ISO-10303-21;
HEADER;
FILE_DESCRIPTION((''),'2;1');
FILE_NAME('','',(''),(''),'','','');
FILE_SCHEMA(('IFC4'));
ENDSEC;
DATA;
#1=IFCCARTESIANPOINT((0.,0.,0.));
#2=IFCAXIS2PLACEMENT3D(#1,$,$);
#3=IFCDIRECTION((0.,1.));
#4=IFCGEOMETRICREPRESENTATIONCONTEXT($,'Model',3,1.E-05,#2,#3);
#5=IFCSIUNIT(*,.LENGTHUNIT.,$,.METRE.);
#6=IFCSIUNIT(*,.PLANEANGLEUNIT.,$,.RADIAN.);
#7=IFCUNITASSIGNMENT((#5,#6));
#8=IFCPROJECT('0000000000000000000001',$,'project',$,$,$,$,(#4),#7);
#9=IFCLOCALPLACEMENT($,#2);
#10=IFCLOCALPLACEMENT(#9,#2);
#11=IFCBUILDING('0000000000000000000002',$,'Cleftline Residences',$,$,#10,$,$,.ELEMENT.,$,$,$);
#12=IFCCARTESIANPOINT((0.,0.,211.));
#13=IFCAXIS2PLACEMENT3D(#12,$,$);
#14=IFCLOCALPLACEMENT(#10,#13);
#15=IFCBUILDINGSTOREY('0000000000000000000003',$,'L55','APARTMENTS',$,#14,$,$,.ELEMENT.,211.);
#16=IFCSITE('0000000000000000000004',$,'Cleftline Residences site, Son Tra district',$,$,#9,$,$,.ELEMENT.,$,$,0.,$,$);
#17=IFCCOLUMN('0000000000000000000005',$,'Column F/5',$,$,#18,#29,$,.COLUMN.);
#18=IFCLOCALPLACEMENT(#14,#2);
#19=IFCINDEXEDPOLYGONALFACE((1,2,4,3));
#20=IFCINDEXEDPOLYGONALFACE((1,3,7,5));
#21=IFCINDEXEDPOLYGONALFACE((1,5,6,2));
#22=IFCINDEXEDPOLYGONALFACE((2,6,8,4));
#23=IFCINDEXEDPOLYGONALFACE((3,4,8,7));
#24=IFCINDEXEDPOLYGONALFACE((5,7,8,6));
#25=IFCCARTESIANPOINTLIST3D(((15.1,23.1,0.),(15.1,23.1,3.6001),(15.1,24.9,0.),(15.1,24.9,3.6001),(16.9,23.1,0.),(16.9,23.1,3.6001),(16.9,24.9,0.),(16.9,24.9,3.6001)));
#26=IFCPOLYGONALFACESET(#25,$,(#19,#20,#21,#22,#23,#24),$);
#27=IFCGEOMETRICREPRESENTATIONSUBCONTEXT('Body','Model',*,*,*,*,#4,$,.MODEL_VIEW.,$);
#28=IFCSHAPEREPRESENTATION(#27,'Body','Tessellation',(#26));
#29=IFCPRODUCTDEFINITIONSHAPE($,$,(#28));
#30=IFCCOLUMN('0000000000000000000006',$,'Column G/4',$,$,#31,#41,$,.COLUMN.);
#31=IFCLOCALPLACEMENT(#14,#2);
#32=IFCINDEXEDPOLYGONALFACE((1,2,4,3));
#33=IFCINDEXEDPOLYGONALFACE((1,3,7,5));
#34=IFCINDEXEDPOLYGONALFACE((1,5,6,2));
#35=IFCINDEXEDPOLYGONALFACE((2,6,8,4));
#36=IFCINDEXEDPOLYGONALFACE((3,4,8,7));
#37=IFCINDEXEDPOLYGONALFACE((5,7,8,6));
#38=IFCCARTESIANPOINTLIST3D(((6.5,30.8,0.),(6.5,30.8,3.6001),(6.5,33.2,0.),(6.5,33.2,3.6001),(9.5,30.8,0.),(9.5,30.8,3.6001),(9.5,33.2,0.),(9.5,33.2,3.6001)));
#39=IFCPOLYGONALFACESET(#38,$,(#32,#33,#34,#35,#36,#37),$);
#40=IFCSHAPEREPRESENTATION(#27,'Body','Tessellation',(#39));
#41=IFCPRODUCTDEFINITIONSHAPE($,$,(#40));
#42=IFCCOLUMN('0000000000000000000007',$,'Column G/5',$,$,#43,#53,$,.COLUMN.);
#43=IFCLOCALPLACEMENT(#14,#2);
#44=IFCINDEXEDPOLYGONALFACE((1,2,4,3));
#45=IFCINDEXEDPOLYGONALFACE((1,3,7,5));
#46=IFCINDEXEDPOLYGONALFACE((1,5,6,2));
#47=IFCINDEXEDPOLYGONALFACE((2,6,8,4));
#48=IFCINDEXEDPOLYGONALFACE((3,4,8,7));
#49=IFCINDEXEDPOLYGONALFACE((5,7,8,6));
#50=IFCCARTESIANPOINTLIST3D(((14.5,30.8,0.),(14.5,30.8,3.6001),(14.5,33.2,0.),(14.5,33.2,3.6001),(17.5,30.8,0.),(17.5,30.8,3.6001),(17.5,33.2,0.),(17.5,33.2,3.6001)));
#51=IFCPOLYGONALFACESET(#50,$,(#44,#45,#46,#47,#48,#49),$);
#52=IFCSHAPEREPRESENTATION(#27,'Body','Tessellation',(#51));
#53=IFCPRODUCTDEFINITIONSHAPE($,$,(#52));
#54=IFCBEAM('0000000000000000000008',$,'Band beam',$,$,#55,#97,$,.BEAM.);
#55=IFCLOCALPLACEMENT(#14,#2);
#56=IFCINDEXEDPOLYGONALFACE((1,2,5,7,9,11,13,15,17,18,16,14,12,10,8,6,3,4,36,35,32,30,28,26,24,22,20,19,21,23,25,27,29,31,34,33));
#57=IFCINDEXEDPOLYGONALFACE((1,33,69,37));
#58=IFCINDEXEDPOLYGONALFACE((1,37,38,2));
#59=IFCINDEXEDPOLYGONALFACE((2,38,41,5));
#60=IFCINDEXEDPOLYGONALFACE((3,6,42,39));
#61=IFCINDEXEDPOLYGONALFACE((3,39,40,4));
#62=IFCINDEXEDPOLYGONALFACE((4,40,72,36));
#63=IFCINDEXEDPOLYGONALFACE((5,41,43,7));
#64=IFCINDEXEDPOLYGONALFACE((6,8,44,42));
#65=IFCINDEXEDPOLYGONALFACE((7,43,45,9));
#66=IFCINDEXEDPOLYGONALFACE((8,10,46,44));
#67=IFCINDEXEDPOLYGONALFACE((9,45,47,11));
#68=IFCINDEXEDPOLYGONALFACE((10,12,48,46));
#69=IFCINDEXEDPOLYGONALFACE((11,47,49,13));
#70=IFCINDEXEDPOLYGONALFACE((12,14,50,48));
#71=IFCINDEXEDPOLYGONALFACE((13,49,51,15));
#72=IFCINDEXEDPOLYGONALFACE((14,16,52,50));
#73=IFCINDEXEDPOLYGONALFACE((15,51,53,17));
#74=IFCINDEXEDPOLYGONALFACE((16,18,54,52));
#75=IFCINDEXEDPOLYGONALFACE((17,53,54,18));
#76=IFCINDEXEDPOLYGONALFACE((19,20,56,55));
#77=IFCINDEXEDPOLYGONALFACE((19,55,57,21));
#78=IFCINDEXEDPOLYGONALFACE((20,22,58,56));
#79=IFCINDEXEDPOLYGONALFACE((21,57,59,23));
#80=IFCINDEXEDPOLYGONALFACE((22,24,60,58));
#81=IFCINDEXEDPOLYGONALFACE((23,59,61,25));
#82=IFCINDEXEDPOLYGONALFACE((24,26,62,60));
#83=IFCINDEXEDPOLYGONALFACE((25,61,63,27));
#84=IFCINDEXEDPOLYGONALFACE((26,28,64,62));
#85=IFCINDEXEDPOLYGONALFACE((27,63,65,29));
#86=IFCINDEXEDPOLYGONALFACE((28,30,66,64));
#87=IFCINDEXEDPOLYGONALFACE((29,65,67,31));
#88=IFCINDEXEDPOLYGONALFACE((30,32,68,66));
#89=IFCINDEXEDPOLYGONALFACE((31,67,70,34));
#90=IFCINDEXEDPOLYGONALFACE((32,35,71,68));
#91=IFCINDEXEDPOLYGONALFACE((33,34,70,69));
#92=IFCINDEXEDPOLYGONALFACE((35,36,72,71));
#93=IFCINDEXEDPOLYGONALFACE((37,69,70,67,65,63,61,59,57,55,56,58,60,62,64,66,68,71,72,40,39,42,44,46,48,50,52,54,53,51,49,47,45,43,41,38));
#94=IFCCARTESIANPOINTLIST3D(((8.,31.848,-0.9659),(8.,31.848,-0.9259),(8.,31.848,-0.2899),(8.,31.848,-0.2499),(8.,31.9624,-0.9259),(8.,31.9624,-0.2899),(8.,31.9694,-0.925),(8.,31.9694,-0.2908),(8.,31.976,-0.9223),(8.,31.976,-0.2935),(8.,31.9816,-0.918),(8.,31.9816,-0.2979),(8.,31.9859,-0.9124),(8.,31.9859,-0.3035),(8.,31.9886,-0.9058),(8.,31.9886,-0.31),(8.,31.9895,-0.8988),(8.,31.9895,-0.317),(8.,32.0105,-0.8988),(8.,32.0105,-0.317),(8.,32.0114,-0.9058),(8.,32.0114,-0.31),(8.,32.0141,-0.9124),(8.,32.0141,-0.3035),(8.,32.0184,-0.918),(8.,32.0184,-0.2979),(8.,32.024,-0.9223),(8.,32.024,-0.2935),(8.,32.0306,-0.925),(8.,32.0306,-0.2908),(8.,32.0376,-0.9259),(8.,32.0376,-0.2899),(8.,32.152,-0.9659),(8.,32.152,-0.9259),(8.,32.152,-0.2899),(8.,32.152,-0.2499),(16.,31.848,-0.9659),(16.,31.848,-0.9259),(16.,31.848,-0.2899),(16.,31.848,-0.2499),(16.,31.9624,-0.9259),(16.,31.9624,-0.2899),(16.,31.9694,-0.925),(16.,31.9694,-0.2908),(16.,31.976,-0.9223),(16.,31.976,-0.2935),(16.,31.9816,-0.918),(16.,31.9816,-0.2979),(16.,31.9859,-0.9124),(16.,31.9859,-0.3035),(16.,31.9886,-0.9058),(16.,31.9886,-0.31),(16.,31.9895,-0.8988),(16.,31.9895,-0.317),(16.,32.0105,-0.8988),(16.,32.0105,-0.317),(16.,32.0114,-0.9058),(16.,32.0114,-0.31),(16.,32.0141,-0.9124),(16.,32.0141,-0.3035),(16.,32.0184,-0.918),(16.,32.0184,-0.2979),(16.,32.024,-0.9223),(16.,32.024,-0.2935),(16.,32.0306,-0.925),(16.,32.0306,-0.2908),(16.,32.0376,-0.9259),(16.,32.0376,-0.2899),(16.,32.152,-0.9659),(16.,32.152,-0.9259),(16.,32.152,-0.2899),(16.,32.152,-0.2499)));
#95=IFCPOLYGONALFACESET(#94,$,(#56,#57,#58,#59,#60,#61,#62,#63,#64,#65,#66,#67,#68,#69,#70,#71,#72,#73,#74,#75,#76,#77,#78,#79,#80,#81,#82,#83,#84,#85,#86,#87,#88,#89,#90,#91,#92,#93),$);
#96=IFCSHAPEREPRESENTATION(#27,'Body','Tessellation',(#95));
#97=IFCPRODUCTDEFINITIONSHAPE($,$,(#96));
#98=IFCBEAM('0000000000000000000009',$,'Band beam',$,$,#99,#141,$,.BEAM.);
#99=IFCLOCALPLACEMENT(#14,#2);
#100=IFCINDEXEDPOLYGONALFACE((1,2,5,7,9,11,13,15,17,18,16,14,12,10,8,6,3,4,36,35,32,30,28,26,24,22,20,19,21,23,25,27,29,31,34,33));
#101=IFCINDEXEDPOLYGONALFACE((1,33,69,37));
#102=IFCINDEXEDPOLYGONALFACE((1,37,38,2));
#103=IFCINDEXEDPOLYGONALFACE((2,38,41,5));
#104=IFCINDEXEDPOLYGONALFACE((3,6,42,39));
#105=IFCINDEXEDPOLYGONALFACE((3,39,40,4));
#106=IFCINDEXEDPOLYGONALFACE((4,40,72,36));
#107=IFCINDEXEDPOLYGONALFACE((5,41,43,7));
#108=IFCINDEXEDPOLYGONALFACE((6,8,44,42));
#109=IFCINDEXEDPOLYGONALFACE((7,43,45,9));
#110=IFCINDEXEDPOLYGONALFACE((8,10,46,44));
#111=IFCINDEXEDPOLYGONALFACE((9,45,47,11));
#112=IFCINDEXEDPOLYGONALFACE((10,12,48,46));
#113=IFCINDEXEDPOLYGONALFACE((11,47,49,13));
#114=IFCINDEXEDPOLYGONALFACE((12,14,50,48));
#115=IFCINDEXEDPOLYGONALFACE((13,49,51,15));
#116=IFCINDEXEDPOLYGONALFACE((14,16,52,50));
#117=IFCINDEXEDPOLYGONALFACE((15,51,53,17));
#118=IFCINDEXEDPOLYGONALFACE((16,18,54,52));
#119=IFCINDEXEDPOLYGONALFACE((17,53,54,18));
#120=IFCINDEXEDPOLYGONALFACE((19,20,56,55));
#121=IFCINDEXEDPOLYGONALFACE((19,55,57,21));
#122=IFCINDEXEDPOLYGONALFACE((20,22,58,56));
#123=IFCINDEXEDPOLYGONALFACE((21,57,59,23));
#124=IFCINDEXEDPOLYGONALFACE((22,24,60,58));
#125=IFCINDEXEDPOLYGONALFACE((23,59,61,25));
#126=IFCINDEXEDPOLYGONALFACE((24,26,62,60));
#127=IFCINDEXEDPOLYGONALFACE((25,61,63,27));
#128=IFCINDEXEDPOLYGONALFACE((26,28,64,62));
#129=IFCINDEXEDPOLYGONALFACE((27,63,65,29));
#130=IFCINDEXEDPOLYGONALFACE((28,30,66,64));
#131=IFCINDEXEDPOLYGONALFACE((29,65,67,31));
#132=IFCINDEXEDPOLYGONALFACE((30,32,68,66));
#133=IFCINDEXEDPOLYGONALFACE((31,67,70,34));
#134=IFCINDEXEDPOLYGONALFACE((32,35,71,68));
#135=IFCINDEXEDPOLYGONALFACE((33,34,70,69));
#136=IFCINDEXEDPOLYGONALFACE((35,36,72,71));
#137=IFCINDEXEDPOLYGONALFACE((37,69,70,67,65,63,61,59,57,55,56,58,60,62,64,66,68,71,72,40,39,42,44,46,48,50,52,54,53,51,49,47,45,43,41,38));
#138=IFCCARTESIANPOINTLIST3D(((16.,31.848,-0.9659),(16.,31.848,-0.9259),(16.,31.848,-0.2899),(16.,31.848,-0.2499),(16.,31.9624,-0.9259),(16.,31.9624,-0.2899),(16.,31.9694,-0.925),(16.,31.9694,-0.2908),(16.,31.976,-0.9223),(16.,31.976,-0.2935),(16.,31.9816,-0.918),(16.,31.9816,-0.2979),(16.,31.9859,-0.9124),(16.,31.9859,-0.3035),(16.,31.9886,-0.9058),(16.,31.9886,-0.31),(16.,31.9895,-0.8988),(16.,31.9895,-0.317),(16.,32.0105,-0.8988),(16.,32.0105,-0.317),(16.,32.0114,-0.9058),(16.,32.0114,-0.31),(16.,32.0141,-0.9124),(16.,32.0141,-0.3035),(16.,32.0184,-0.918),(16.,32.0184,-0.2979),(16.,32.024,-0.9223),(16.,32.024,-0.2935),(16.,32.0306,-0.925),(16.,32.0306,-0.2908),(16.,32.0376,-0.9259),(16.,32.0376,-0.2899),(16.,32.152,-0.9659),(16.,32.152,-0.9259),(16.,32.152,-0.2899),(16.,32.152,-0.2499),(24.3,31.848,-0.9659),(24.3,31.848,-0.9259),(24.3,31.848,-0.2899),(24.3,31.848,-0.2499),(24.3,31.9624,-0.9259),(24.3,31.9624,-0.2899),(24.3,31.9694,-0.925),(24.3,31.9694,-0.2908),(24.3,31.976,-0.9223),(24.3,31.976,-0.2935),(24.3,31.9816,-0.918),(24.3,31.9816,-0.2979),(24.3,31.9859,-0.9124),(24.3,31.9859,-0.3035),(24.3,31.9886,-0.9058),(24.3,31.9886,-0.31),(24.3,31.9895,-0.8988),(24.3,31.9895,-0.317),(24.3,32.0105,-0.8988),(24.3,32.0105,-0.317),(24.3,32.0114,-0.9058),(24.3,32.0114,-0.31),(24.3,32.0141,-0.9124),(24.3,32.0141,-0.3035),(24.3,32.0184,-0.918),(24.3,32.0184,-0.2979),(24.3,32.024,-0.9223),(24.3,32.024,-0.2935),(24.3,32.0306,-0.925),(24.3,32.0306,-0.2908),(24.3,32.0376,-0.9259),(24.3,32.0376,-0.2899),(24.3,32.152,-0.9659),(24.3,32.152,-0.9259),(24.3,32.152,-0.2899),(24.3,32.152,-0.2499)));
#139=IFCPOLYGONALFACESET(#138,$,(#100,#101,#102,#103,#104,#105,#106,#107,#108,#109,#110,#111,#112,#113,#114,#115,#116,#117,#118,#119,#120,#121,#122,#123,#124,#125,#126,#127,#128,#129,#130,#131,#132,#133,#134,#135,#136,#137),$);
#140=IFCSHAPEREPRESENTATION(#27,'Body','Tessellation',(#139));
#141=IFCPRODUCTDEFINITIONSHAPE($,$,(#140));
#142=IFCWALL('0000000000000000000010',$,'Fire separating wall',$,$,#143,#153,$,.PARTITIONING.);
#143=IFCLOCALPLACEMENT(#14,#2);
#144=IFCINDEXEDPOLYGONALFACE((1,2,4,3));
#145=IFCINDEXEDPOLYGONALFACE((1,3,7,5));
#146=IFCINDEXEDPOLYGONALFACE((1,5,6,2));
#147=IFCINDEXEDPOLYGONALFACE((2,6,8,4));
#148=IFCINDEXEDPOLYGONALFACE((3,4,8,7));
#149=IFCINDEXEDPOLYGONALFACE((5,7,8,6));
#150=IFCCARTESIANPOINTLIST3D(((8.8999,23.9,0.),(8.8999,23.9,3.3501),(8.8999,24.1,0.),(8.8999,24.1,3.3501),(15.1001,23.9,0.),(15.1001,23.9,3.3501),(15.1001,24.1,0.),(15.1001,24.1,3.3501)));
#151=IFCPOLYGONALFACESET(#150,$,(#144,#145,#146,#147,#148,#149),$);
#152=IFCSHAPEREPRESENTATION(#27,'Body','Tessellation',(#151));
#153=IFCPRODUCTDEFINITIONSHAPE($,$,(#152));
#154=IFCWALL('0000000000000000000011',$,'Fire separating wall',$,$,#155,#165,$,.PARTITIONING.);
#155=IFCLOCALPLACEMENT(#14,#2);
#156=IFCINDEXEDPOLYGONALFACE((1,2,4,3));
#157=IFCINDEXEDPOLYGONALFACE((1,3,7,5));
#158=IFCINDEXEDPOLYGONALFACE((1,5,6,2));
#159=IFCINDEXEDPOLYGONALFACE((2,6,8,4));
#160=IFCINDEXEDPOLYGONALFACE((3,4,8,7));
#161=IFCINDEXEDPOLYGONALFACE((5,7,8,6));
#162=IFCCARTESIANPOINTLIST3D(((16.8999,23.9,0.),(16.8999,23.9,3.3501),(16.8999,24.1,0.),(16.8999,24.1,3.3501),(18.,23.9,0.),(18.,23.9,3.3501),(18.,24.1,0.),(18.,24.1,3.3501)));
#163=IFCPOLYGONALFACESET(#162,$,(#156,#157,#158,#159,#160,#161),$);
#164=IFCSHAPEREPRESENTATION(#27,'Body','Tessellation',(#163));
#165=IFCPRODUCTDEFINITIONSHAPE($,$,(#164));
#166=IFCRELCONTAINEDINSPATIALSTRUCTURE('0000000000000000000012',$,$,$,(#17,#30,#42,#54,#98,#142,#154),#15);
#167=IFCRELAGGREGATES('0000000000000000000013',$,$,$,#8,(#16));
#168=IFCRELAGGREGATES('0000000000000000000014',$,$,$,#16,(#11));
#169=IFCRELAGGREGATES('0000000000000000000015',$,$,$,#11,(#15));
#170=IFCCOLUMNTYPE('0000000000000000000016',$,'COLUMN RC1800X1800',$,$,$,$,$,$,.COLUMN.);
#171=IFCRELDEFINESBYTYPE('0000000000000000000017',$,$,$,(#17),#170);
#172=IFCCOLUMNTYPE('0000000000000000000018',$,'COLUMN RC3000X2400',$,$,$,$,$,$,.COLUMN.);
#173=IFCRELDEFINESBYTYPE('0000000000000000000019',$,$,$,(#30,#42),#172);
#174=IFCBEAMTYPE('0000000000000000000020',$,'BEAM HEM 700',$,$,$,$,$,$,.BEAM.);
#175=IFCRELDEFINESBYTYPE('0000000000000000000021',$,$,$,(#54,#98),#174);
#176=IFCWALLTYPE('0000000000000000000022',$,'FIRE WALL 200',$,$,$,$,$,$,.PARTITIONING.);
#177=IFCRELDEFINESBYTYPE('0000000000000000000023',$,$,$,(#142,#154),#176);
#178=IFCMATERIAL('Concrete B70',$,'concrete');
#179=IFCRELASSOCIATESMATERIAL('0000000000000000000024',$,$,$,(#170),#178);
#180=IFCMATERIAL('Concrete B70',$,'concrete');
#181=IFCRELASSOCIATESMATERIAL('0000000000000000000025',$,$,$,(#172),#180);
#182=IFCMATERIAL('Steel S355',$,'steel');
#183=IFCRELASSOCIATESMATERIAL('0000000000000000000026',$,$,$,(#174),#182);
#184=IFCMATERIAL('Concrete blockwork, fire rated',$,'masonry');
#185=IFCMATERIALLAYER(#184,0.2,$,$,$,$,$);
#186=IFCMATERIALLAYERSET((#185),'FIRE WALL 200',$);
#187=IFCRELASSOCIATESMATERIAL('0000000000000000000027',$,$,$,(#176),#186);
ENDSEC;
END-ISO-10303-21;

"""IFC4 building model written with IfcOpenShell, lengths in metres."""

from ifc_helpers import new_model, si_unit, direction, frame, frame_2d, origin, origin_2d, place, context, subcontext, project, spatial, rectangle, i_section, extrude, material, layer, layer_set, material_profile, profile_set, type_object, element, save


model = new_model("IFC4")

# Units and contexts
model_context = context("Model", 3, precision=1e-05, world=origin(), true_north=direction((0.0, 1.0)))
body_context = subcontext(model_context, "Body", "Model", "MODEL_VIEW")
ifc_project = project(units=[si_unit("LENGTHUNIT", "METRE"), si_unit("PLANEANGLEUNIT", "RADIAN")], contexts=[model_context])

# Site, building, storey
site_placement = place(None, origin())
site = spatial("IfcSite", under=ifc_project, at=site_placement, Name="Cleftline Residences site, Son Tra district", CompositionType="ELEMENT", RefElevation=0.0)
building_placement = place(site_placement, origin())
building = spatial("IfcBuilding", under=site, at=building_placement, Name="Cleftline Residences", CompositionType="ELEMENT")
storey_placement = place(building_placement, frame((0.0, 0.0, 211.0)))
storey = spatial("IfcBuildingStorey", under=building, at=storey_placement, Name="L55", Description="APARTMENTS", CompositionType="ELEMENT", Elevation=211.0)

# Columns
ifc_material_1 = material(Name="Concrete B70", Category="concrete")
ifc_material_profile_1 = material_profile(ifc_material_1, rectangle(XDim=1.8, YDim=1.8, at=origin_2d()))
ifc_profile_set_1 = profile_set([ifc_material_profile_1], Name="Concrete B70")
column_type_1 = type_object("IfcColumnType", Name="COLUMN RC1800X1800", PredefinedType="COLUMN", material=ifc_profile_set_1)
column_placement = place(storey_placement, frame((16.0, 24.0, 0.0), z_axis=(0.0, 0.0, 1.0), x_axis=(1.0, 0.0, 0.0)))
element("IfcColumn", 1, at=column_placement, inside=storey, type_object=column_type_1, Name="Column F/5", PredefinedType="COLUMN", context=body_context, shape_type="SweptSolid", body=[
    extrude(rectangle(XDim=1.8, YDim=1.8, at=origin_2d()), origin(), (0.0, 0.0, 1.0), 3.6001),
])
ifc_material_2 = material(Name="Concrete B70", Category="concrete")
ifc_material_profile_2 = material_profile(ifc_material_2, rectangle(XDim=3.0, YDim=2.3999, at=origin_2d()))
ifc_profile_set_2 = profile_set([ifc_material_profile_2], Name="Concrete B70")
column_type_2 = type_object("IfcColumnType", Name="COLUMN RC3000X2400", PredefinedType="COLUMN", material=ifc_profile_set_2)
for number, where, z_axis, x_axis, name in (
    (2, (8.0, 32.0, 0.0), (0.0, 0.0, 1.0), (1.0, 0.0, 0.0), "Column G/4"),
    (3, (16.0, 32.0, 0.0), (0.0, 0.0, 1.0), (1.0, 0.0, 0.0), "Column G/5"),
):
    element("IfcColumn", number, at=place(storey_placement, frame(where, z_axis=z_axis, x_axis=x_axis)), inside=storey, type_object=column_type_2, Name=name, PredefinedType="COLUMN", context=body_context, shape_type="SweptSolid", body=[
        extrude(rectangle(XDim=3.0, YDim=2.3999, at=origin_2d()), origin(), (0.0, 0.0, 1.0), 3.6001),
    ])

# Beams
ifc_material_3 = material(Name="Steel S355", Category="steel")
ifc_material_profile_3 = material_profile(ifc_material_3, i_section(OverallWidth=0.304, OverallDepth=0.7161, WebThickness=0.021, FlangeThickness=0.04, FilletRadius=0.0271, at=origin_2d()))
ifc_profile_set_3 = profile_set([ifc_material_profile_3], Name="Steel S355")
beam_type = type_object("IfcBeamType", Name="BEAM HEM 700", PredefinedType="BEAM", material=ifc_profile_set_3)
beam_1_placement = place(storey_placement, frame((8.0, 32.0, -0.6079), z_axis=(1.0, 0.0, 0.0), x_axis=(0.0, 1.0, 0.0)))
element("IfcBeam", 4, at=beam_1_placement, inside=storey, type_object=beam_type, Name="Band beam", PredefinedType="BEAM", context=body_context, shape_type="SweptSolid", body=[
    extrude(i_section(OverallWidth=0.304, OverallDepth=0.7161, WebThickness=0.021, FlangeThickness=0.04, FilletRadius=0.0271, at=origin_2d()), origin(), (0.0, 0.0, 1.0), 8.0),
])
beam_2_placement = place(storey_placement, frame((16.0, 32.0, -0.6079), z_axis=(1.0, 0.0, 0.0), x_axis=(0.0, 1.0, 0.0)))
element("IfcBeam", 5, at=beam_2_placement, inside=storey, type_object=beam_type, Name="Band beam", PredefinedType="BEAM", context=body_context, shape_type="SweptSolid", body=[
    extrude(i_section(OverallWidth=0.304, OverallDepth=0.7161, WebThickness=0.021, FlangeThickness=0.04, FilletRadius=0.0271, at=origin_2d()), origin(), (0.0, 0.0, 1.0), 8.3),
])

# Walls
ifc_material_4 = material(Name="Concrete blockwork, fire rated", Category="masonry")
ifc_layer_1 = layer(ifc_material_4, 0.2)
ifc_layer_set_1 = layer_set([ifc_layer_1], Name="FIRE WALL 200")
wall_type_1 = type_object("IfcWallType", Name="FIRE WALL 200", PredefinedType="PARTITIONING", material=ifc_layer_set_1)
wall_1_placement = place(storey_placement, frame((8.8999, 24.0, 0.0), z_axis=(0.0, 0.0, 1.0), x_axis=(1.0, 0.0, 0.0)))
element("IfcWall", 6, at=wall_1_placement, inside=storey, type_object=wall_type_1, Name="Fire separating wall", PredefinedType="PARTITIONING", context=body_context, shape_type="SweptSolid", body=[
    extrude(rectangle(XDim=6.2002, YDim=0.2, at=frame_2d((3.1001, 0.0))), origin(), (0.0, 0.0, 1.0), 3.3501),
])
wall_2_placement = place(storey_placement, frame((16.8999, 24.0, 0.0), z_axis=(0.0, 0.0, 1.0), x_axis=(1.0, 0.0, 0.0)))
element("IfcWall", 7, at=wall_2_placement, inside=storey, type_object=wall_type_1, Name="Fire separating wall", PredefinedType="PARTITIONING", context=body_context, shape_type="SweptSolid", body=[
    extrude(rectangle(XDim=1.1001, YDim=0.2, at=frame_2d((0.55, 0.0))), origin(), (0.0, 0.0, 1.0), 3.3501),
])

save(model, "model.ifc")
